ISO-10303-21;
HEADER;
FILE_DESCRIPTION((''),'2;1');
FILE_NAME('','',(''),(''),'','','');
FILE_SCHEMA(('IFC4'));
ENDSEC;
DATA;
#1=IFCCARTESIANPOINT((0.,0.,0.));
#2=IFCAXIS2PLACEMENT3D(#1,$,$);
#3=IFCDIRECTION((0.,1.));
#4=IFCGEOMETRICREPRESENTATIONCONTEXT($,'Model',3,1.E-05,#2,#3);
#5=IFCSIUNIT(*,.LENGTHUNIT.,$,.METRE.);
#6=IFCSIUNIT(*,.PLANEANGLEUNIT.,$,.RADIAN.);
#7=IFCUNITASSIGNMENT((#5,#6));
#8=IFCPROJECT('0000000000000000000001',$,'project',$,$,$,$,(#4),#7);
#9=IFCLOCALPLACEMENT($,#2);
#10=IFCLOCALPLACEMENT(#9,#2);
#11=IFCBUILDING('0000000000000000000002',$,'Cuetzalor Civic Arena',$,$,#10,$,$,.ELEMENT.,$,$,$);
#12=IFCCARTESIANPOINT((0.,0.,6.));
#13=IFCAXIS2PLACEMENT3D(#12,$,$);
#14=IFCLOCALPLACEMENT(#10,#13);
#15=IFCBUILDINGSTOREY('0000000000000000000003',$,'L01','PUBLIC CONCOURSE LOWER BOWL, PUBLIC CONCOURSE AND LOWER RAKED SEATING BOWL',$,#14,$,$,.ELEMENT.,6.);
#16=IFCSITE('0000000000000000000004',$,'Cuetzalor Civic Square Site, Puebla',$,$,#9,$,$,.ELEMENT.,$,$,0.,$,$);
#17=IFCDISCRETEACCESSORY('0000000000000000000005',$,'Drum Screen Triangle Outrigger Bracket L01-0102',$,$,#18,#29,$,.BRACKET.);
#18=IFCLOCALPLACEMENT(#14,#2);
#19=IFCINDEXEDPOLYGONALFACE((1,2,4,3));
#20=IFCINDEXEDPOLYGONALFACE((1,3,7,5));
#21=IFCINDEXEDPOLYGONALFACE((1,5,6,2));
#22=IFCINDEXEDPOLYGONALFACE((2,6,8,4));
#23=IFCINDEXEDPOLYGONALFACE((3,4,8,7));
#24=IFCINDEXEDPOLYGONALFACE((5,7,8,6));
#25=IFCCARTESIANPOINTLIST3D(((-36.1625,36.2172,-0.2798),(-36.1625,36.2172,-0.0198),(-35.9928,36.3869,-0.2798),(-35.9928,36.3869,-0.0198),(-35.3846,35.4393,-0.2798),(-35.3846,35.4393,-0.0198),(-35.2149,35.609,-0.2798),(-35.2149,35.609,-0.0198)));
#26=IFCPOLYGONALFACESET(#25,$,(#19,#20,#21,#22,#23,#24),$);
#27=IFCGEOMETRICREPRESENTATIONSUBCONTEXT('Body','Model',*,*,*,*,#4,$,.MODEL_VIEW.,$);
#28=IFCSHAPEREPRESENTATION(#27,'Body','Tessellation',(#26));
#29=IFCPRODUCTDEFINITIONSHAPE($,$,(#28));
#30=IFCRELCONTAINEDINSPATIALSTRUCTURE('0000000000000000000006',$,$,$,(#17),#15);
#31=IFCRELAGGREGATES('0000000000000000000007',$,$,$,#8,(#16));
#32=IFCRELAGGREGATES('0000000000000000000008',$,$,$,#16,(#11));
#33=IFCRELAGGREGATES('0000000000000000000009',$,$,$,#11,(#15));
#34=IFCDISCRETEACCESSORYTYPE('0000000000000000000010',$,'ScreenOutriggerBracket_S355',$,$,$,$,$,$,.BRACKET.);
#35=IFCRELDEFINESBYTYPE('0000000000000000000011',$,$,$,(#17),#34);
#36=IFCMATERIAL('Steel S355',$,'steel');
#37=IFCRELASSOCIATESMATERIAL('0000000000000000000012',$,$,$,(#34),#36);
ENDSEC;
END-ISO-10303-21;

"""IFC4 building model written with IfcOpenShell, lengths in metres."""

from ifc_helpers import new_model, si_unit, direction, frame, origin, origin_2d, place, context, subcontext, project, spatial, rectangle, extrude, material, type_object, element, save


model = new_model("IFC4")

# Units and contexts
model_context = context("Model", 3, precision=1e-05, world=origin(), true_north=direction((0.0, 1.0)))
body_context = subcontext(model_context, "Body", "Model", "MODEL_VIEW")
ifc_project = project(units=[si_unit("LENGTHUNIT", "METRE"), si_unit("PLANEANGLEUNIT", "RADIAN")], contexts=[model_context])

# Site, building, storey
site_placement = place(None, origin())
site = spatial("IfcSite", under=ifc_project, at=site_placement, Name="Cuetzalor Civic Square Site, Puebla", CompositionType="ELEMENT", RefElevation=0.0)
building_placement = place(site_placement, origin())
building = spatial("IfcBuilding", under=site, at=building_placement, Name="Cuetzalor Civic Arena", CompositionType="ELEMENT")
storey_placement = place(building_placement, frame((0.0, 0.0, 6.0)))
storey = spatial("IfcBuildingStorey", under=building, at=storey_placement, Name="L01", Description="PUBLIC CONCOURSE LOWER BOWL, PUBLIC CONCOURSE AND LOWER RAKED SEATING BOWL", CompositionType="ELEMENT", Elevation=6.0)

# Discrete accessory
ifc_material_1 = material(Name="Steel S355", Category="steel")
discrete_accessory_type = type_object("IfcDiscreteAccessoryType", Name="ScreenOutriggerBracket_S355", PredefinedType="BRACKET", material=ifc_material_1)
discrete_accessory_placement = place(storey_placement, frame((-35.6887, 35.9131, -0.2798), z_axis=(0.0, 0.0, 1.0), x_axis=(-0.707107, 0.707107, 0.0)))
element("IfcDiscreteAccessory", 1, at=discrete_accessory_placement, inside=storey, type_object=discrete_accessory_type, Name="Drum Screen Triangle Outrigger Bracket L01-0102", PredefinedType="BRACKET", context=body_context, shape_type="SweptSolid", body=[
    extrude(rectangle(XDim=1.1001, YDim=0.24, at=origin_2d()), origin(), (0.0, 0.0, 1.0), 0.26),
])

save(model, "model.ifc")
